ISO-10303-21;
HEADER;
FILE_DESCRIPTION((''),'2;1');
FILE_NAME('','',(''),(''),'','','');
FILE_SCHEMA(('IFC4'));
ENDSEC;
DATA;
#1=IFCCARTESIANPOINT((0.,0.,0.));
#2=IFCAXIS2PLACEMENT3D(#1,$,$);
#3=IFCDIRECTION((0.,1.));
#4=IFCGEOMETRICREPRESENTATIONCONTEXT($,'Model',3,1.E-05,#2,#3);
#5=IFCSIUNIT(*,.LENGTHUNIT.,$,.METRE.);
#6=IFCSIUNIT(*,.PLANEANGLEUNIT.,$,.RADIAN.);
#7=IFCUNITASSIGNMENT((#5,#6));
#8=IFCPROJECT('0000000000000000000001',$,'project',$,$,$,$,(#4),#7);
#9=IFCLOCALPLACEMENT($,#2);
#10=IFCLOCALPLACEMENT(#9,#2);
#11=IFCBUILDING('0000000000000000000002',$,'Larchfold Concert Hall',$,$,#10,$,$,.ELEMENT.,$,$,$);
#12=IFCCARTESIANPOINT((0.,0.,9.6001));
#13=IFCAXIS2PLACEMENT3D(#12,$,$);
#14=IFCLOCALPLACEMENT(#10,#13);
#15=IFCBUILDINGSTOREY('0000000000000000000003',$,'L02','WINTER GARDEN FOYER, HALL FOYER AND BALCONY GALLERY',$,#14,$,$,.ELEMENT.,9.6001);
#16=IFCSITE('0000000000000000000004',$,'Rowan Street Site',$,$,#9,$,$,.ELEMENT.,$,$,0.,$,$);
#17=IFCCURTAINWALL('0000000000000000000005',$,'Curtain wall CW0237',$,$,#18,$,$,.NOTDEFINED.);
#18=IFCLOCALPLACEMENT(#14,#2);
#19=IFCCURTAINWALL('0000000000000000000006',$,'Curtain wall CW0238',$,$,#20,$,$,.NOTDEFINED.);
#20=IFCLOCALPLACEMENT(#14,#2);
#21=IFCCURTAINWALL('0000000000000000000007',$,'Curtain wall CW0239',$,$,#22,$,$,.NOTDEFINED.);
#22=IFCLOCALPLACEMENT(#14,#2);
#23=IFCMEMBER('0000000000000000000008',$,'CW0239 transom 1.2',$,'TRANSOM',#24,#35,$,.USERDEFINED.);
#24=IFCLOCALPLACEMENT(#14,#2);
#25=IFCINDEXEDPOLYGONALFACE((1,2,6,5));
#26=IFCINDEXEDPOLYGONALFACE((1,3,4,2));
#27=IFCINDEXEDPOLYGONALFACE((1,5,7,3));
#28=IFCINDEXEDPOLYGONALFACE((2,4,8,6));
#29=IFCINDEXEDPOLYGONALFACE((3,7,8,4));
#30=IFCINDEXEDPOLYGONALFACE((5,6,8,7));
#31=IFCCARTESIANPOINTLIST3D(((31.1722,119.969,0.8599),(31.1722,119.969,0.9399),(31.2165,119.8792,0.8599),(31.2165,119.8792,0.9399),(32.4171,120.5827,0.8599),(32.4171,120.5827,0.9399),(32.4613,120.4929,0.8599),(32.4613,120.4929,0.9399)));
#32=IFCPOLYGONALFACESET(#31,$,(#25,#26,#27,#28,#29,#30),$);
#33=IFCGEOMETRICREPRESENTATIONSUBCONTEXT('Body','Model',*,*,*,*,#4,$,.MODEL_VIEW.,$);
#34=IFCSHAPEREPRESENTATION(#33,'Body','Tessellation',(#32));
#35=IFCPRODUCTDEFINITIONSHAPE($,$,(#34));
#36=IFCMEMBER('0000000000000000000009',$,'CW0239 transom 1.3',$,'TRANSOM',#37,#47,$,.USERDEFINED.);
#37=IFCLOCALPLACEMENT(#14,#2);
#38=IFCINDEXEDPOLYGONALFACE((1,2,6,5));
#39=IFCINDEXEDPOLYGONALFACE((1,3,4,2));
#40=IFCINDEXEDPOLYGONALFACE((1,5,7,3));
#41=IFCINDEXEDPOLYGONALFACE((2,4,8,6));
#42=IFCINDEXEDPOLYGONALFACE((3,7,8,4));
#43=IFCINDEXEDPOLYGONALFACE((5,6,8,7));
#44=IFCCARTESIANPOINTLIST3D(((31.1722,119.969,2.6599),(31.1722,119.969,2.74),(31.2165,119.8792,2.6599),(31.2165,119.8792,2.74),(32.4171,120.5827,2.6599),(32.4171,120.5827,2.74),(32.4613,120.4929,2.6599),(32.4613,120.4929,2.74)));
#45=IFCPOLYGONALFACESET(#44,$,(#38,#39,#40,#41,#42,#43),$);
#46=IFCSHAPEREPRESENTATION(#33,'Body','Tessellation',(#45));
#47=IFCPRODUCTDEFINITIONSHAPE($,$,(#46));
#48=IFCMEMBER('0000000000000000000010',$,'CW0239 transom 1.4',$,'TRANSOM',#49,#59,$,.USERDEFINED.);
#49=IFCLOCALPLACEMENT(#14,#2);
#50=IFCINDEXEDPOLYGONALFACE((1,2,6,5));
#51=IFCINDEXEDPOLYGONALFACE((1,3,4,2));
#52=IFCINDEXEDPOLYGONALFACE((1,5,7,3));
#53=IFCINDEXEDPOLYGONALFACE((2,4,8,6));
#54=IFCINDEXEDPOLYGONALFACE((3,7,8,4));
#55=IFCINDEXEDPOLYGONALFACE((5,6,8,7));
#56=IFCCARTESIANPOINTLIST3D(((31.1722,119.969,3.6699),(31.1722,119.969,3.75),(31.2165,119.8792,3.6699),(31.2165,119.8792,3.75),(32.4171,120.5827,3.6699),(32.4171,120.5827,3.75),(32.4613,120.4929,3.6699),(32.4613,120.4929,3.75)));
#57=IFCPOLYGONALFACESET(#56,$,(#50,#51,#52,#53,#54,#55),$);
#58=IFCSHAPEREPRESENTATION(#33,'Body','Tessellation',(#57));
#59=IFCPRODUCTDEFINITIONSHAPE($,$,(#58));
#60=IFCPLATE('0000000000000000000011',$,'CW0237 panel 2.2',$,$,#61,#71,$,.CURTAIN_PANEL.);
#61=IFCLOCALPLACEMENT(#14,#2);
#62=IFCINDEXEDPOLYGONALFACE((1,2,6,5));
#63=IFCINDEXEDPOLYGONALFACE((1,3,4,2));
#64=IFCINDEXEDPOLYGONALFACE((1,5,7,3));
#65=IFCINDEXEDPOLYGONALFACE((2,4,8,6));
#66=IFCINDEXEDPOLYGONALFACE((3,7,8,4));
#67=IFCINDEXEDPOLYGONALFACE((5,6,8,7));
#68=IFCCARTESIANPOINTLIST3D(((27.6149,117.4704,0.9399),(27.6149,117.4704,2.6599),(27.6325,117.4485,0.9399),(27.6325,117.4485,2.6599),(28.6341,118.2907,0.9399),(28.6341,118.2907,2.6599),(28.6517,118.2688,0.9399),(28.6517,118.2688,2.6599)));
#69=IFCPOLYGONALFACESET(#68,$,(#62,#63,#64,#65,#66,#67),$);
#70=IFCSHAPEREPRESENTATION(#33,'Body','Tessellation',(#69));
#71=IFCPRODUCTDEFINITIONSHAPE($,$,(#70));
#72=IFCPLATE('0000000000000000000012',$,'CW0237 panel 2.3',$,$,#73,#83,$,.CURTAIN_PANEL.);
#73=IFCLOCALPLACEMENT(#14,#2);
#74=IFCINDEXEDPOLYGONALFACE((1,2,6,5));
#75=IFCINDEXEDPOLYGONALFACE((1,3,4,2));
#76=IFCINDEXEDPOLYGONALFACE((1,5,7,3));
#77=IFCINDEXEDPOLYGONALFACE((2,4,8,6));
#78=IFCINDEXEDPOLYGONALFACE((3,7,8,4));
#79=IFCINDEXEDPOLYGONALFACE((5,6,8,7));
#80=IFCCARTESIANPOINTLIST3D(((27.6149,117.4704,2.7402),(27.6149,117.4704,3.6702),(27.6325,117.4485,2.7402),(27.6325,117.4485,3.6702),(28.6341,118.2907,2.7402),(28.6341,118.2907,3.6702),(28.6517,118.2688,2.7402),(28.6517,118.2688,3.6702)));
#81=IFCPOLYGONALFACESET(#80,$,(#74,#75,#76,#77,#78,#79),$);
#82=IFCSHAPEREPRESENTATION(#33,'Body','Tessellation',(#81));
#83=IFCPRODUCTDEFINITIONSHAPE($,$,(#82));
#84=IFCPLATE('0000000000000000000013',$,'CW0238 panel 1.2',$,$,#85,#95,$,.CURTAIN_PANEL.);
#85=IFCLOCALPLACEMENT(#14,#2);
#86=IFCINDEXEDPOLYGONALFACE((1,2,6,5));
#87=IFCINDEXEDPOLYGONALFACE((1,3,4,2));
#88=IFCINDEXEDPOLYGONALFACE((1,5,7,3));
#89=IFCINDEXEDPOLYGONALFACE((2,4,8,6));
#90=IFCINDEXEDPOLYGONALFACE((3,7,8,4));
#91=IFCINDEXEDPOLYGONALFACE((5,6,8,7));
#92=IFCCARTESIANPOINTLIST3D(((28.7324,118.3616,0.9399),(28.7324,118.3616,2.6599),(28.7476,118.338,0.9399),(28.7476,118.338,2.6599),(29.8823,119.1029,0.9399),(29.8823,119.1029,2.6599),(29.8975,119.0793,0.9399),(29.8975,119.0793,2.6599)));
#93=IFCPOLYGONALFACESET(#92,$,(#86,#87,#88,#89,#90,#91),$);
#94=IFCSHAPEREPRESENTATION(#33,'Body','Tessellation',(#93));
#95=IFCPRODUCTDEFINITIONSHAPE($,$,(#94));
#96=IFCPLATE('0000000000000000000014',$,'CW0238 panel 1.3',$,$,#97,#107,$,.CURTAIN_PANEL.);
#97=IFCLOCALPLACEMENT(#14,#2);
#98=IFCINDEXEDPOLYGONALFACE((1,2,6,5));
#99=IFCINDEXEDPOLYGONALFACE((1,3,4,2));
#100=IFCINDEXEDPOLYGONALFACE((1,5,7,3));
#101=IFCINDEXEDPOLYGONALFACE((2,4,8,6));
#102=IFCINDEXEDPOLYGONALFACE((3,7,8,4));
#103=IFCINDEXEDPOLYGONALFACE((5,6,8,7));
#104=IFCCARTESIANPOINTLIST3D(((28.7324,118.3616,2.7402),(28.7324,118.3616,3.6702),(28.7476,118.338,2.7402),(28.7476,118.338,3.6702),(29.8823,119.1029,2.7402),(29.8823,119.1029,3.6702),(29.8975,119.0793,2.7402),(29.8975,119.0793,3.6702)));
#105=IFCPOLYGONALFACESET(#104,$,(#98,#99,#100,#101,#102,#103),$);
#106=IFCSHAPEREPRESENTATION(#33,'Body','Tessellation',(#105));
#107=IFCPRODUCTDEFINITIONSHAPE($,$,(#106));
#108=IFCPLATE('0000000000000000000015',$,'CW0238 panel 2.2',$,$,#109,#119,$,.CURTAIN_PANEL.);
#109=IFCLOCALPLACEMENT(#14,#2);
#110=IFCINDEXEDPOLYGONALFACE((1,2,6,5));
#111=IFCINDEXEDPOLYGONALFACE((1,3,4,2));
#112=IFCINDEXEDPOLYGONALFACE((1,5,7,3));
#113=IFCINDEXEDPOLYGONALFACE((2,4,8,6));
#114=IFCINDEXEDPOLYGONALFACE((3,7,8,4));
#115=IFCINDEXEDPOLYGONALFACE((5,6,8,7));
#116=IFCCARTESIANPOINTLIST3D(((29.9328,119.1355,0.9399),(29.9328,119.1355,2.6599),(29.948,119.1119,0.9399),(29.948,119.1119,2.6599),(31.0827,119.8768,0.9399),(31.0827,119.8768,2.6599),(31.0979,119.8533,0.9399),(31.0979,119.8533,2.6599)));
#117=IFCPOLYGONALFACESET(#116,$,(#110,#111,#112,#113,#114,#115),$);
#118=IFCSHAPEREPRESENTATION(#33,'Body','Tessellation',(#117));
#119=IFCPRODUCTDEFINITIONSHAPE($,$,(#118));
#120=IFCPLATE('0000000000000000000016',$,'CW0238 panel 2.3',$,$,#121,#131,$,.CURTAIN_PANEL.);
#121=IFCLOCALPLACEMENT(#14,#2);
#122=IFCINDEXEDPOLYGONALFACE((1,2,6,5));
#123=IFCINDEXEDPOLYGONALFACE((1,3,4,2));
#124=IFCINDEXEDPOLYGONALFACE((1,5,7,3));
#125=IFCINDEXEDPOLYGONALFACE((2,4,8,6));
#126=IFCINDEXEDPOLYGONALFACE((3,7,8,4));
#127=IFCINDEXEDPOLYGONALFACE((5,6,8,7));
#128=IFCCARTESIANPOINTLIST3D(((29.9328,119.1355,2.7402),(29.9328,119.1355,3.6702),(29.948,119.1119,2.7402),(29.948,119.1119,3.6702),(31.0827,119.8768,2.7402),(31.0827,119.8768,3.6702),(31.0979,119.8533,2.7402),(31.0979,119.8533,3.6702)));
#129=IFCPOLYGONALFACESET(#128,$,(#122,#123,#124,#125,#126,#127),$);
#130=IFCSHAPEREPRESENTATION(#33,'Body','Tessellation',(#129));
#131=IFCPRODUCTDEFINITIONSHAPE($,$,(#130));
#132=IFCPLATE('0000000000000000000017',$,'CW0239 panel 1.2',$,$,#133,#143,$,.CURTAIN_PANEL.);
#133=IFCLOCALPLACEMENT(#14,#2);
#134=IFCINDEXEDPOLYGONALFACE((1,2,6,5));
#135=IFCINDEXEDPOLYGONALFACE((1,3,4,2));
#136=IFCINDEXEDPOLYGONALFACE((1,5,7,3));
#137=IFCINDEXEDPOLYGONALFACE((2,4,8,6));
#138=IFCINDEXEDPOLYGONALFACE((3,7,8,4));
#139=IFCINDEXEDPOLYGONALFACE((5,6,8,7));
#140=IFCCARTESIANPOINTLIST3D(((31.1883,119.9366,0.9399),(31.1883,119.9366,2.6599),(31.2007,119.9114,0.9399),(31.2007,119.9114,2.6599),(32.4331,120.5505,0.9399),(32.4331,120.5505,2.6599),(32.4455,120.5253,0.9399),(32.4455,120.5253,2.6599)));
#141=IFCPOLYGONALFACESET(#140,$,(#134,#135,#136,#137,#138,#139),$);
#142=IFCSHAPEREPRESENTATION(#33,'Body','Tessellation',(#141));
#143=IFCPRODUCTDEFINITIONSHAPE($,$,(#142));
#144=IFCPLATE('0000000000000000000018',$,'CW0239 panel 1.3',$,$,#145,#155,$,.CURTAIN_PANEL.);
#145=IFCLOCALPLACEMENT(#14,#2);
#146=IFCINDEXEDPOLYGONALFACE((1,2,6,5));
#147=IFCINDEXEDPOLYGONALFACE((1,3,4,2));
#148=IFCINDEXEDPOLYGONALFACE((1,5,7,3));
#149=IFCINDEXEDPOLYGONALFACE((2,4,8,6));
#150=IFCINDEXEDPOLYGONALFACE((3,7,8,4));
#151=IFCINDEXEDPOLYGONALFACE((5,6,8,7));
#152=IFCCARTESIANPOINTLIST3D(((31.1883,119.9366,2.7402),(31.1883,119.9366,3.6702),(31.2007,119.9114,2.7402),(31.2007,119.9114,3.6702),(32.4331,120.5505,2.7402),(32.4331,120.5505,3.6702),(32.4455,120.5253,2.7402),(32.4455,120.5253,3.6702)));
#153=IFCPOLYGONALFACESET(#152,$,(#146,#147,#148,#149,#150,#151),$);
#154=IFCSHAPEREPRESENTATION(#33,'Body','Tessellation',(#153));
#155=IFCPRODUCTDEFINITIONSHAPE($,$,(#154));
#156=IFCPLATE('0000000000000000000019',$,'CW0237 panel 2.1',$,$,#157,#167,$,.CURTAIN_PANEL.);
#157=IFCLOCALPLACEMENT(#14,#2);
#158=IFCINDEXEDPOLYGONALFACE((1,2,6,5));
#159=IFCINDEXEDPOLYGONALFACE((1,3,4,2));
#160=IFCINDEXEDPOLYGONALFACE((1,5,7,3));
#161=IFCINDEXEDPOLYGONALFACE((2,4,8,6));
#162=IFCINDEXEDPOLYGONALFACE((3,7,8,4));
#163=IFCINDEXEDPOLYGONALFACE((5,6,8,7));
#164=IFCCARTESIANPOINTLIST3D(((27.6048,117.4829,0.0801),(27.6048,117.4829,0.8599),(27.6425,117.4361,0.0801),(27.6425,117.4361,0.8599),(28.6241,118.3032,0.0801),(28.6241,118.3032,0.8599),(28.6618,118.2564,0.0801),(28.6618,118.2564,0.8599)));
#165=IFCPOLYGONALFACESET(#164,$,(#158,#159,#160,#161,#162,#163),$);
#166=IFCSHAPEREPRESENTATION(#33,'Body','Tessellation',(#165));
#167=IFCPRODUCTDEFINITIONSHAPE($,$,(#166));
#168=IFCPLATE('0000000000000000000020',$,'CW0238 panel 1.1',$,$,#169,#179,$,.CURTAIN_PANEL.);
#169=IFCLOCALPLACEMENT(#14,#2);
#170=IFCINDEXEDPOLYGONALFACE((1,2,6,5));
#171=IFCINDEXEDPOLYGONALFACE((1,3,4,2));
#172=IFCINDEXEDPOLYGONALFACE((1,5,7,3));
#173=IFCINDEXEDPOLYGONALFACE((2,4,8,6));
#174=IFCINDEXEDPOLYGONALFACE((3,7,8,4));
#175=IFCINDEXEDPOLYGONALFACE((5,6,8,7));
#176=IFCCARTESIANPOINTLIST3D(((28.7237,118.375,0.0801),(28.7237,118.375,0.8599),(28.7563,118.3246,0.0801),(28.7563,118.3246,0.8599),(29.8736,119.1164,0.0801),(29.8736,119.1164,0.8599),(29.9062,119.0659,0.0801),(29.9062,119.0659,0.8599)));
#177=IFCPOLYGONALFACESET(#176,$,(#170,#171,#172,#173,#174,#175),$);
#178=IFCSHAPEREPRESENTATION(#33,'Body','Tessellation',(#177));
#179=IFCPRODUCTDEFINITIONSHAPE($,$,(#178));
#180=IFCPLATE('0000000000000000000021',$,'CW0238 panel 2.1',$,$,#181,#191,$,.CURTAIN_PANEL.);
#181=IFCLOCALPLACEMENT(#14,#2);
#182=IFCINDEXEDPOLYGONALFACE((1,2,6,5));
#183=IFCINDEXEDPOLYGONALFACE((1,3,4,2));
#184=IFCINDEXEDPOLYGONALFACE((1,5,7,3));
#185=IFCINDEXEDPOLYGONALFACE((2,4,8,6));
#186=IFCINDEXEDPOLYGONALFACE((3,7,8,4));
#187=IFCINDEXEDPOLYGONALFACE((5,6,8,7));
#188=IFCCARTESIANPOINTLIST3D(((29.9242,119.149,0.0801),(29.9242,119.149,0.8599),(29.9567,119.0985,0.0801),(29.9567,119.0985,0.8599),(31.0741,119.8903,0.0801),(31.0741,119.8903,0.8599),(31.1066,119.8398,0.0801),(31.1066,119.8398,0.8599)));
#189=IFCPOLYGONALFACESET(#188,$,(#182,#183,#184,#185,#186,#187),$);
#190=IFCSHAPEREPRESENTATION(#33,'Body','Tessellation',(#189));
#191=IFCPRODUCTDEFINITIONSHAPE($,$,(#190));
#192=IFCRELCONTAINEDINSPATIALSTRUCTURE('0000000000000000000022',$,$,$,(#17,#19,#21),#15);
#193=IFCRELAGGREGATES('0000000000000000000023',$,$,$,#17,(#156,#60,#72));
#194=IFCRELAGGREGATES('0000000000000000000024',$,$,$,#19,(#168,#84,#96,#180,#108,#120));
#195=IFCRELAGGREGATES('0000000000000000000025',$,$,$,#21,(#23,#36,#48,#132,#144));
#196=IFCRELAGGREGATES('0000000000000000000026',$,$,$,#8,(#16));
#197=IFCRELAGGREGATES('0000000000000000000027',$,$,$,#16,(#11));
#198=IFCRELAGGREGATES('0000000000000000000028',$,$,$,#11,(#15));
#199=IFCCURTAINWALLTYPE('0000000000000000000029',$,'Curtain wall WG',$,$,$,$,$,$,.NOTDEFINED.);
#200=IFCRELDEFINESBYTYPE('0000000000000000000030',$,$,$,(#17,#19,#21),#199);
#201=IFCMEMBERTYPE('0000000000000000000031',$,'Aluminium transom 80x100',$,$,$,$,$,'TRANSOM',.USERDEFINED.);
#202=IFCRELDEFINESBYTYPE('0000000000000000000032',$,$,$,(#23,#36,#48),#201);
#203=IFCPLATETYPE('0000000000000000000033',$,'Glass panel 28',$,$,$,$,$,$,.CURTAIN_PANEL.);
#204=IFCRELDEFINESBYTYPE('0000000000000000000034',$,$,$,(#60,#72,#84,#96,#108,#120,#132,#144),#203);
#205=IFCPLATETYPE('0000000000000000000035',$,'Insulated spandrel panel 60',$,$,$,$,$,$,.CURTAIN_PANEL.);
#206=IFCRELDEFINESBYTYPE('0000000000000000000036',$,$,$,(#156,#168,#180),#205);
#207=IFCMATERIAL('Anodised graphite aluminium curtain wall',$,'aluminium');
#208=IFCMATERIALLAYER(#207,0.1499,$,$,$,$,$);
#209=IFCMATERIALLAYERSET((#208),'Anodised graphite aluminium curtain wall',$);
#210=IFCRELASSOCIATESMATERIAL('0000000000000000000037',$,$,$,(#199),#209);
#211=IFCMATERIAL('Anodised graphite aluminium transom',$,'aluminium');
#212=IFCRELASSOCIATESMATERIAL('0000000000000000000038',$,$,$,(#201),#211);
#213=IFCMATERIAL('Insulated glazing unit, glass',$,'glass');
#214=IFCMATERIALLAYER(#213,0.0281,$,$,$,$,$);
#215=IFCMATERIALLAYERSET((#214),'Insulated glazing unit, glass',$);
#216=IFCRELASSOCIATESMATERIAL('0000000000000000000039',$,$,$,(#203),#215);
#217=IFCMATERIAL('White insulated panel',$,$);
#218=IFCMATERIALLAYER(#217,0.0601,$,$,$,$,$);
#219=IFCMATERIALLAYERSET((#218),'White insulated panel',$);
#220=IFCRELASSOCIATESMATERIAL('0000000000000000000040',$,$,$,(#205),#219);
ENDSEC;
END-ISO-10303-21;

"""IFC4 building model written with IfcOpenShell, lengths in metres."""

from ifc_helpers import new_model, si_unit, direction, frame, origin, origin_2d, place, context, subcontext, project, spatial, rectangle, extrude, material, layer, layer_set, material_profile, profile_set, type_object, element, aggregate, save


model = new_model("IFC4")

# Units and contexts
model_context = context("Model", 3, precision=1e-05, world=origin(), true_north=direction((0.0, 1.0)))
body_context = subcontext(model_context, "Body", "Model", "MODEL_VIEW")
ifc_project = project(units=[si_unit("LENGTHUNIT", "METRE"), si_unit("PLANEANGLEUNIT", "RADIAN")], contexts=[model_context])

# Site, building, storey
site_placement = place(None, origin())
site = spatial("IfcSite", under=ifc_project, at=site_placement, Name="Rowan Street Site", CompositionType="ELEMENT", RefElevation=0.0)
building_placement = place(site_placement, origin())
building = spatial("IfcBuilding", under=site, at=building_placement, Name="Larchfold Concert Hall", CompositionType="ELEMENT")
storey_placement = place(building_placement, frame((0.0, 0.0, 9.6001)))
storey = spatial("IfcBuildingStorey", under=building, at=storey_placement, Name="L02", Description="WINTER GARDEN FOYER, HALL FOYER AND BALCONY GALLERY", CompositionType="ELEMENT", Elevation=9.6001)

# Curtain wall
ifc_material_1 = material(Name="Anodised graphite aluminium curtain wall", Category="aluminium")
ifc_layer_1 = layer(ifc_material_1, 0.1499)
ifc_layer_set_1 = layer_set([ifc_layer_1], Name="Anodised graphite aluminium curtain wall")
curtain_wall_type = type_object("IfcCurtainWallType", Name="Curtain wall WG", PredefinedType="NOTDEFINED", material=ifc_layer_set_1)
curtain_wall_1_placement = place(storey_placement, origin())
curtain_wall_1 = element("IfcCurtainWall", 1, at=curtain_wall_1_placement, inside=storey, type_object=curtain_wall_type, Name="Curtain wall CW0237", PredefinedType="NOTDEFINED")

# Curtain wall
curtain_wall_2_placement = place(storey_placement, origin())
curtain_wall_2 = element("IfcCurtainWall", 2, at=curtain_wall_2_placement, inside=storey, type_object=curtain_wall_type, Name="Curtain wall CW0238", PredefinedType="NOTDEFINED")

# Curtain wall
curtain_wall_3_placement = place(storey_placement, origin())
curtain_wall_3 = element("IfcCurtainWall", 3, at=curtain_wall_3_placement, inside=storey, type_object=curtain_wall_type, Name="Curtain wall CW0239", PredefinedType="NOTDEFINED")

# Members
ifc_material_2 = material(Name="Anodised graphite aluminium transom", Category="aluminium")
ifc_material_profile_1 = material_profile(ifc_material_2, rectangle(XDim=0.1001, YDim=0.0801, at=origin_2d()))
ifc_profile_set_1 = profile_set([ifc_material_profile_1], Name="Anodised graphite aluminium transom")
member_type_1 = type_object("IfcMemberType", Name="Aluminium transom 80x100", ElementType="TRANSOM", PredefinedType="USERDEFINED", material=ifc_profile_set_1)
member_1_placement = place(storey_placement, frame((31.1943, 119.9241, 0.8999), z_axis=(0.896911, 0.442211, 0.0), x_axis=(-0.442211, 0.896911, 0.0)))
member_1 = element("IfcMember", 4, at=member_1_placement, type_object=member_type_1, Name="CW0239 transom 1.2", ObjectType="TRANSOM", PredefinedType="USERDEFINED", context=body_context, shape_type="SweptSolid", body=[
    extrude(rectangle(XDim=0.1001, YDim=0.0801, at=origin_2d()), origin(), (0.0, 0.0, 1.0), 1.3879),
])
member_2_placement = place(storey_placement, frame((31.1943, 119.9241, 2.7), z_axis=(0.896911, 0.442211, 0.0), x_axis=(-0.442211, 0.896911, 0.0)))
member_2 = element("IfcMember", 5, at=member_2_placement, type_object=member_type_1, Name="CW0239 transom 1.3", ObjectType="TRANSOM", PredefinedType="USERDEFINED", context=body_context, shape_type="SweptSolid", body=[
    extrude(rectangle(XDim=0.1001, YDim=0.0801, at=origin_2d()), origin(), (0.0, 0.0, 1.0), 1.3879),
])
member_3_placement = place(storey_placement, frame((31.1943, 119.9241, 3.71), z_axis=(0.896911, 0.442211, 0.0), x_axis=(-0.442211, 0.896911, 0.0)))
member_3 = element("IfcMember", 6, at=member_3_placement, type_object=member_type_1, Name="CW0239 transom 1.4", ObjectType="TRANSOM", PredefinedType="USERDEFINED", context=body_context, shape_type="SweptSolid", body=[
    extrude(rectangle(XDim=0.1001, YDim=0.0801, at=origin_2d()), origin(), (0.0, 0.0, 1.0), 1.3879),
])

# Plates
ifc_material_3 = material(Name="Insulated glazing unit, glass", Category="glass")
ifc_layer_2 = layer(ifc_material_3, 0.0281)
ifc_layer_set_2 = layer_set([ifc_layer_2], Name="Insulated glazing unit, glass")
plate_type_1 = type_object("IfcPlateType", Name="Glass panel 28", PredefinedType="CURTAIN_PANEL", material=ifc_layer_set_2)
plate_1_placement = place(storey_placement, frame((28.1333, 117.8696, 0.9399), z_axis=(0.0, 0.0, 1.0), x_axis=(0.779043, 0.626971, 0.0)))
plate_1 = element("IfcPlate", 7, at=plate_1_placement, type_object=plate_type_1, Name="CW0237 panel 2.2", PredefinedType="CURTAIN_PANEL", context=body_context, shape_type="SweptSolid", body=[
    extrude(rectangle(XDim=1.3083, YDim=0.0281, at=origin_2d()), origin(), (0.0, 0.0, 1.0), 1.72),
])
plate_2_placement = place(storey_placement, frame((28.1333, 117.8696, 2.7402), z_axis=(0.0, 0.0, 1.0), x_axis=(0.779043, 0.626971, 0.0)))
plate_2 = element("IfcPlate", 8, at=plate_2_placement, type_object=plate_type_1, Name="CW0237 panel 2.3", PredefinedType="CURTAIN_PANEL", context=body_context, shape_type="SweptSolid", body=[
    extrude(rectangle(XDim=1.3083, YDim=0.0281, at=origin_2d()), origin(), (0.0, 0.0, 1.0), 0.9299),
])
plate_3_placement = place(storey_placement, frame((29.3149, 118.7205, 0.9399), z_axis=(0.0, 0.0, 1.0), x_axis=(0.840479, 0.541845, 0.0)))
plate_3 = element("IfcPlate", 9, at=plate_3_placement, type_object=plate_type_1, Name="CW0238 panel 1.2", PredefinedType="CURTAIN_PANEL", context=body_context, shape_type="SweptSolid", body=[
    extrude(rectangle(XDim=1.3682, YDim=0.0281, at=origin_2d()), origin(), (0.0, 0.0, 1.0), 1.72),
])
plate_4_placement = place(storey_placement, frame((29.3149, 118.7205, 2.7402), z_axis=(0.0, 0.0, 1.0), x_axis=(0.840479, 0.541845, 0.0)))
plate_4 = element("IfcPlate", 10, at=plate_4_placement, type_object=plate_type_1, Name="CW0238 panel 1.3", PredefinedType="CURTAIN_PANEL", context=body_context, shape_type="SweptSolid", body=[
    extrude(rectangle(XDim=1.3682, YDim=0.0281, at=origin_2d()), origin(), (0.0, 0.0, 1.0), 0.9299),
])
plate_5_placement = place(storey_placement, frame((30.5154, 119.4944, 0.9399), z_axis=(0.0, 0.0, 1.0), x_axis=(0.840479, 0.541845, 0.0)))
plate_5 = element("IfcPlate", 11, at=plate_5_placement, type_object=plate_type_1, Name="CW0238 panel 2.2", PredefinedType="CURTAIN_PANEL", context=body_context, shape_type="SweptSolid", body=[
    extrude(rectangle(XDim=1.3682, YDim=0.0281, at=origin_2d()), origin(), (0.0, 0.0, 1.0), 1.72),
])
plate_6_placement = place(storey_placement, frame((30.5154, 119.4944, 2.7402), z_axis=(0.0, 0.0, 1.0), x_axis=(0.840479, 0.541845, 0.0)))
plate_6 = element("IfcPlate", 12, at=plate_6_placement, type_object=plate_type_1, Name="CW0238 panel 2.3", PredefinedType="CURTAIN_PANEL", context=body_context, shape_type="SweptSolid", body=[
    extrude(rectangle(XDim=1.3682, YDim=0.0281, at=origin_2d()), origin(), (0.0, 0.0, 1.0), 0.9299),
])
plate_7_placement = place(storey_placement, frame((31.8169, 120.231, 0.9399), z_axis=(0.0, 0.0, 1.0), x_axis=(0.896859, 0.442317, 0.0)))
plate_7 = element("IfcPlate", 13, at=plate_7_placement, type_object=plate_type_1, Name="CW0239 panel 1.2", PredefinedType="CURTAIN_PANEL", context=body_context, shape_type="SweptSolid", body=[
    extrude(rectangle(XDim=1.3879, YDim=0.0281, at=origin_2d()), origin(), (0.0, 0.0, 1.0), 1.72),
])
plate_8_placement = place(storey_placement, frame((31.8169, 120.231, 2.7402), z_axis=(0.0, 0.0, 1.0), x_axis=(0.896859, 0.442317, 0.0)))
plate_8 = element("IfcPlate", 14, at=plate_8_placement, type_object=plate_type_1, Name="CW0239 panel 1.3", PredefinedType="CURTAIN_PANEL", context=body_context, shape_type="SweptSolid", body=[
    extrude(rectangle(XDim=1.3879, YDim=0.0281, at=origin_2d()), origin(), (0.0, 0.0, 1.0), 0.9299),
])
ifc_material_4 = material(Name="White insulated panel")
ifc_layer_3 = layer(ifc_material_4, 0.0601)
ifc_layer_set_3 = layer_set([ifc_layer_3], Name="White insulated panel")
plate_type_2 = type_object("IfcPlateType", Name="Insulated spandrel panel 60", PredefinedType="CURTAIN_PANEL", material=ifc_layer_set_3)
plate_9_placement = place(storey_placement, frame((28.1333, 117.8696, 0.0801), z_axis=(0.0, 0.0, 1.0), x_axis=(0.779043, 0.626971, 0.0)))
plate_9 = element("IfcPlate", 15, at=plate_9_placement, type_object=plate_type_2, Name="CW0237 panel 2.1", PredefinedType="CURTAIN_PANEL", context=body_context, shape_type="SweptSolid", body=[
    extrude(rectangle(XDim=1.3083, YDim=0.0601, at=origin_2d()), origin(), (0.0, 0.0, 1.0), 0.7798),
])
aggregate(curtain_wall_1, [plate_9, plate_1, plate_2])
plate_10_placement = place(storey_placement, frame((29.3149, 118.7205, 0.0801), z_axis=(0.0, 0.0, 1.0), x_axis=(0.840479, 0.541845, 0.0)))
plate_10 = element("IfcPlate", 16, at=plate_10_placement, type_object=plate_type_2, Name="CW0238 panel 1.1", PredefinedType="CURTAIN_PANEL", context=body_context, shape_type="SweptSolid", body=[
    extrude(rectangle(XDim=1.3682, YDim=0.0601, at=origin_2d()), origin(), (0.0, 0.0, 1.0), 0.7798),
])
plate_11_placement = place(storey_placement, frame((30.5154, 119.4944, 0.0801), z_axis=(0.0, 0.0, 1.0), x_axis=(0.840479, 0.541845, 0.0)))
plate_11 = element("IfcPlate", 17, at=plate_11_placement, type_object=plate_type_2, Name="CW0238 panel 2.1", PredefinedType="CURTAIN_PANEL", context=body_context, shape_type="SweptSolid", body=[
    extrude(rectangle(XDim=1.3682, YDim=0.0601, at=origin_2d()), origin(), (0.0, 0.0, 1.0), 0.7798),
])
aggregate(curtain_wall_2, [plate_10, plate_3, plate_4, plate_11, plate_5, plate_6])
aggregate(curtain_wall_3, [member_1, member_2, member_3, plate_7, plate_8])

save(model, "model.ifc")
